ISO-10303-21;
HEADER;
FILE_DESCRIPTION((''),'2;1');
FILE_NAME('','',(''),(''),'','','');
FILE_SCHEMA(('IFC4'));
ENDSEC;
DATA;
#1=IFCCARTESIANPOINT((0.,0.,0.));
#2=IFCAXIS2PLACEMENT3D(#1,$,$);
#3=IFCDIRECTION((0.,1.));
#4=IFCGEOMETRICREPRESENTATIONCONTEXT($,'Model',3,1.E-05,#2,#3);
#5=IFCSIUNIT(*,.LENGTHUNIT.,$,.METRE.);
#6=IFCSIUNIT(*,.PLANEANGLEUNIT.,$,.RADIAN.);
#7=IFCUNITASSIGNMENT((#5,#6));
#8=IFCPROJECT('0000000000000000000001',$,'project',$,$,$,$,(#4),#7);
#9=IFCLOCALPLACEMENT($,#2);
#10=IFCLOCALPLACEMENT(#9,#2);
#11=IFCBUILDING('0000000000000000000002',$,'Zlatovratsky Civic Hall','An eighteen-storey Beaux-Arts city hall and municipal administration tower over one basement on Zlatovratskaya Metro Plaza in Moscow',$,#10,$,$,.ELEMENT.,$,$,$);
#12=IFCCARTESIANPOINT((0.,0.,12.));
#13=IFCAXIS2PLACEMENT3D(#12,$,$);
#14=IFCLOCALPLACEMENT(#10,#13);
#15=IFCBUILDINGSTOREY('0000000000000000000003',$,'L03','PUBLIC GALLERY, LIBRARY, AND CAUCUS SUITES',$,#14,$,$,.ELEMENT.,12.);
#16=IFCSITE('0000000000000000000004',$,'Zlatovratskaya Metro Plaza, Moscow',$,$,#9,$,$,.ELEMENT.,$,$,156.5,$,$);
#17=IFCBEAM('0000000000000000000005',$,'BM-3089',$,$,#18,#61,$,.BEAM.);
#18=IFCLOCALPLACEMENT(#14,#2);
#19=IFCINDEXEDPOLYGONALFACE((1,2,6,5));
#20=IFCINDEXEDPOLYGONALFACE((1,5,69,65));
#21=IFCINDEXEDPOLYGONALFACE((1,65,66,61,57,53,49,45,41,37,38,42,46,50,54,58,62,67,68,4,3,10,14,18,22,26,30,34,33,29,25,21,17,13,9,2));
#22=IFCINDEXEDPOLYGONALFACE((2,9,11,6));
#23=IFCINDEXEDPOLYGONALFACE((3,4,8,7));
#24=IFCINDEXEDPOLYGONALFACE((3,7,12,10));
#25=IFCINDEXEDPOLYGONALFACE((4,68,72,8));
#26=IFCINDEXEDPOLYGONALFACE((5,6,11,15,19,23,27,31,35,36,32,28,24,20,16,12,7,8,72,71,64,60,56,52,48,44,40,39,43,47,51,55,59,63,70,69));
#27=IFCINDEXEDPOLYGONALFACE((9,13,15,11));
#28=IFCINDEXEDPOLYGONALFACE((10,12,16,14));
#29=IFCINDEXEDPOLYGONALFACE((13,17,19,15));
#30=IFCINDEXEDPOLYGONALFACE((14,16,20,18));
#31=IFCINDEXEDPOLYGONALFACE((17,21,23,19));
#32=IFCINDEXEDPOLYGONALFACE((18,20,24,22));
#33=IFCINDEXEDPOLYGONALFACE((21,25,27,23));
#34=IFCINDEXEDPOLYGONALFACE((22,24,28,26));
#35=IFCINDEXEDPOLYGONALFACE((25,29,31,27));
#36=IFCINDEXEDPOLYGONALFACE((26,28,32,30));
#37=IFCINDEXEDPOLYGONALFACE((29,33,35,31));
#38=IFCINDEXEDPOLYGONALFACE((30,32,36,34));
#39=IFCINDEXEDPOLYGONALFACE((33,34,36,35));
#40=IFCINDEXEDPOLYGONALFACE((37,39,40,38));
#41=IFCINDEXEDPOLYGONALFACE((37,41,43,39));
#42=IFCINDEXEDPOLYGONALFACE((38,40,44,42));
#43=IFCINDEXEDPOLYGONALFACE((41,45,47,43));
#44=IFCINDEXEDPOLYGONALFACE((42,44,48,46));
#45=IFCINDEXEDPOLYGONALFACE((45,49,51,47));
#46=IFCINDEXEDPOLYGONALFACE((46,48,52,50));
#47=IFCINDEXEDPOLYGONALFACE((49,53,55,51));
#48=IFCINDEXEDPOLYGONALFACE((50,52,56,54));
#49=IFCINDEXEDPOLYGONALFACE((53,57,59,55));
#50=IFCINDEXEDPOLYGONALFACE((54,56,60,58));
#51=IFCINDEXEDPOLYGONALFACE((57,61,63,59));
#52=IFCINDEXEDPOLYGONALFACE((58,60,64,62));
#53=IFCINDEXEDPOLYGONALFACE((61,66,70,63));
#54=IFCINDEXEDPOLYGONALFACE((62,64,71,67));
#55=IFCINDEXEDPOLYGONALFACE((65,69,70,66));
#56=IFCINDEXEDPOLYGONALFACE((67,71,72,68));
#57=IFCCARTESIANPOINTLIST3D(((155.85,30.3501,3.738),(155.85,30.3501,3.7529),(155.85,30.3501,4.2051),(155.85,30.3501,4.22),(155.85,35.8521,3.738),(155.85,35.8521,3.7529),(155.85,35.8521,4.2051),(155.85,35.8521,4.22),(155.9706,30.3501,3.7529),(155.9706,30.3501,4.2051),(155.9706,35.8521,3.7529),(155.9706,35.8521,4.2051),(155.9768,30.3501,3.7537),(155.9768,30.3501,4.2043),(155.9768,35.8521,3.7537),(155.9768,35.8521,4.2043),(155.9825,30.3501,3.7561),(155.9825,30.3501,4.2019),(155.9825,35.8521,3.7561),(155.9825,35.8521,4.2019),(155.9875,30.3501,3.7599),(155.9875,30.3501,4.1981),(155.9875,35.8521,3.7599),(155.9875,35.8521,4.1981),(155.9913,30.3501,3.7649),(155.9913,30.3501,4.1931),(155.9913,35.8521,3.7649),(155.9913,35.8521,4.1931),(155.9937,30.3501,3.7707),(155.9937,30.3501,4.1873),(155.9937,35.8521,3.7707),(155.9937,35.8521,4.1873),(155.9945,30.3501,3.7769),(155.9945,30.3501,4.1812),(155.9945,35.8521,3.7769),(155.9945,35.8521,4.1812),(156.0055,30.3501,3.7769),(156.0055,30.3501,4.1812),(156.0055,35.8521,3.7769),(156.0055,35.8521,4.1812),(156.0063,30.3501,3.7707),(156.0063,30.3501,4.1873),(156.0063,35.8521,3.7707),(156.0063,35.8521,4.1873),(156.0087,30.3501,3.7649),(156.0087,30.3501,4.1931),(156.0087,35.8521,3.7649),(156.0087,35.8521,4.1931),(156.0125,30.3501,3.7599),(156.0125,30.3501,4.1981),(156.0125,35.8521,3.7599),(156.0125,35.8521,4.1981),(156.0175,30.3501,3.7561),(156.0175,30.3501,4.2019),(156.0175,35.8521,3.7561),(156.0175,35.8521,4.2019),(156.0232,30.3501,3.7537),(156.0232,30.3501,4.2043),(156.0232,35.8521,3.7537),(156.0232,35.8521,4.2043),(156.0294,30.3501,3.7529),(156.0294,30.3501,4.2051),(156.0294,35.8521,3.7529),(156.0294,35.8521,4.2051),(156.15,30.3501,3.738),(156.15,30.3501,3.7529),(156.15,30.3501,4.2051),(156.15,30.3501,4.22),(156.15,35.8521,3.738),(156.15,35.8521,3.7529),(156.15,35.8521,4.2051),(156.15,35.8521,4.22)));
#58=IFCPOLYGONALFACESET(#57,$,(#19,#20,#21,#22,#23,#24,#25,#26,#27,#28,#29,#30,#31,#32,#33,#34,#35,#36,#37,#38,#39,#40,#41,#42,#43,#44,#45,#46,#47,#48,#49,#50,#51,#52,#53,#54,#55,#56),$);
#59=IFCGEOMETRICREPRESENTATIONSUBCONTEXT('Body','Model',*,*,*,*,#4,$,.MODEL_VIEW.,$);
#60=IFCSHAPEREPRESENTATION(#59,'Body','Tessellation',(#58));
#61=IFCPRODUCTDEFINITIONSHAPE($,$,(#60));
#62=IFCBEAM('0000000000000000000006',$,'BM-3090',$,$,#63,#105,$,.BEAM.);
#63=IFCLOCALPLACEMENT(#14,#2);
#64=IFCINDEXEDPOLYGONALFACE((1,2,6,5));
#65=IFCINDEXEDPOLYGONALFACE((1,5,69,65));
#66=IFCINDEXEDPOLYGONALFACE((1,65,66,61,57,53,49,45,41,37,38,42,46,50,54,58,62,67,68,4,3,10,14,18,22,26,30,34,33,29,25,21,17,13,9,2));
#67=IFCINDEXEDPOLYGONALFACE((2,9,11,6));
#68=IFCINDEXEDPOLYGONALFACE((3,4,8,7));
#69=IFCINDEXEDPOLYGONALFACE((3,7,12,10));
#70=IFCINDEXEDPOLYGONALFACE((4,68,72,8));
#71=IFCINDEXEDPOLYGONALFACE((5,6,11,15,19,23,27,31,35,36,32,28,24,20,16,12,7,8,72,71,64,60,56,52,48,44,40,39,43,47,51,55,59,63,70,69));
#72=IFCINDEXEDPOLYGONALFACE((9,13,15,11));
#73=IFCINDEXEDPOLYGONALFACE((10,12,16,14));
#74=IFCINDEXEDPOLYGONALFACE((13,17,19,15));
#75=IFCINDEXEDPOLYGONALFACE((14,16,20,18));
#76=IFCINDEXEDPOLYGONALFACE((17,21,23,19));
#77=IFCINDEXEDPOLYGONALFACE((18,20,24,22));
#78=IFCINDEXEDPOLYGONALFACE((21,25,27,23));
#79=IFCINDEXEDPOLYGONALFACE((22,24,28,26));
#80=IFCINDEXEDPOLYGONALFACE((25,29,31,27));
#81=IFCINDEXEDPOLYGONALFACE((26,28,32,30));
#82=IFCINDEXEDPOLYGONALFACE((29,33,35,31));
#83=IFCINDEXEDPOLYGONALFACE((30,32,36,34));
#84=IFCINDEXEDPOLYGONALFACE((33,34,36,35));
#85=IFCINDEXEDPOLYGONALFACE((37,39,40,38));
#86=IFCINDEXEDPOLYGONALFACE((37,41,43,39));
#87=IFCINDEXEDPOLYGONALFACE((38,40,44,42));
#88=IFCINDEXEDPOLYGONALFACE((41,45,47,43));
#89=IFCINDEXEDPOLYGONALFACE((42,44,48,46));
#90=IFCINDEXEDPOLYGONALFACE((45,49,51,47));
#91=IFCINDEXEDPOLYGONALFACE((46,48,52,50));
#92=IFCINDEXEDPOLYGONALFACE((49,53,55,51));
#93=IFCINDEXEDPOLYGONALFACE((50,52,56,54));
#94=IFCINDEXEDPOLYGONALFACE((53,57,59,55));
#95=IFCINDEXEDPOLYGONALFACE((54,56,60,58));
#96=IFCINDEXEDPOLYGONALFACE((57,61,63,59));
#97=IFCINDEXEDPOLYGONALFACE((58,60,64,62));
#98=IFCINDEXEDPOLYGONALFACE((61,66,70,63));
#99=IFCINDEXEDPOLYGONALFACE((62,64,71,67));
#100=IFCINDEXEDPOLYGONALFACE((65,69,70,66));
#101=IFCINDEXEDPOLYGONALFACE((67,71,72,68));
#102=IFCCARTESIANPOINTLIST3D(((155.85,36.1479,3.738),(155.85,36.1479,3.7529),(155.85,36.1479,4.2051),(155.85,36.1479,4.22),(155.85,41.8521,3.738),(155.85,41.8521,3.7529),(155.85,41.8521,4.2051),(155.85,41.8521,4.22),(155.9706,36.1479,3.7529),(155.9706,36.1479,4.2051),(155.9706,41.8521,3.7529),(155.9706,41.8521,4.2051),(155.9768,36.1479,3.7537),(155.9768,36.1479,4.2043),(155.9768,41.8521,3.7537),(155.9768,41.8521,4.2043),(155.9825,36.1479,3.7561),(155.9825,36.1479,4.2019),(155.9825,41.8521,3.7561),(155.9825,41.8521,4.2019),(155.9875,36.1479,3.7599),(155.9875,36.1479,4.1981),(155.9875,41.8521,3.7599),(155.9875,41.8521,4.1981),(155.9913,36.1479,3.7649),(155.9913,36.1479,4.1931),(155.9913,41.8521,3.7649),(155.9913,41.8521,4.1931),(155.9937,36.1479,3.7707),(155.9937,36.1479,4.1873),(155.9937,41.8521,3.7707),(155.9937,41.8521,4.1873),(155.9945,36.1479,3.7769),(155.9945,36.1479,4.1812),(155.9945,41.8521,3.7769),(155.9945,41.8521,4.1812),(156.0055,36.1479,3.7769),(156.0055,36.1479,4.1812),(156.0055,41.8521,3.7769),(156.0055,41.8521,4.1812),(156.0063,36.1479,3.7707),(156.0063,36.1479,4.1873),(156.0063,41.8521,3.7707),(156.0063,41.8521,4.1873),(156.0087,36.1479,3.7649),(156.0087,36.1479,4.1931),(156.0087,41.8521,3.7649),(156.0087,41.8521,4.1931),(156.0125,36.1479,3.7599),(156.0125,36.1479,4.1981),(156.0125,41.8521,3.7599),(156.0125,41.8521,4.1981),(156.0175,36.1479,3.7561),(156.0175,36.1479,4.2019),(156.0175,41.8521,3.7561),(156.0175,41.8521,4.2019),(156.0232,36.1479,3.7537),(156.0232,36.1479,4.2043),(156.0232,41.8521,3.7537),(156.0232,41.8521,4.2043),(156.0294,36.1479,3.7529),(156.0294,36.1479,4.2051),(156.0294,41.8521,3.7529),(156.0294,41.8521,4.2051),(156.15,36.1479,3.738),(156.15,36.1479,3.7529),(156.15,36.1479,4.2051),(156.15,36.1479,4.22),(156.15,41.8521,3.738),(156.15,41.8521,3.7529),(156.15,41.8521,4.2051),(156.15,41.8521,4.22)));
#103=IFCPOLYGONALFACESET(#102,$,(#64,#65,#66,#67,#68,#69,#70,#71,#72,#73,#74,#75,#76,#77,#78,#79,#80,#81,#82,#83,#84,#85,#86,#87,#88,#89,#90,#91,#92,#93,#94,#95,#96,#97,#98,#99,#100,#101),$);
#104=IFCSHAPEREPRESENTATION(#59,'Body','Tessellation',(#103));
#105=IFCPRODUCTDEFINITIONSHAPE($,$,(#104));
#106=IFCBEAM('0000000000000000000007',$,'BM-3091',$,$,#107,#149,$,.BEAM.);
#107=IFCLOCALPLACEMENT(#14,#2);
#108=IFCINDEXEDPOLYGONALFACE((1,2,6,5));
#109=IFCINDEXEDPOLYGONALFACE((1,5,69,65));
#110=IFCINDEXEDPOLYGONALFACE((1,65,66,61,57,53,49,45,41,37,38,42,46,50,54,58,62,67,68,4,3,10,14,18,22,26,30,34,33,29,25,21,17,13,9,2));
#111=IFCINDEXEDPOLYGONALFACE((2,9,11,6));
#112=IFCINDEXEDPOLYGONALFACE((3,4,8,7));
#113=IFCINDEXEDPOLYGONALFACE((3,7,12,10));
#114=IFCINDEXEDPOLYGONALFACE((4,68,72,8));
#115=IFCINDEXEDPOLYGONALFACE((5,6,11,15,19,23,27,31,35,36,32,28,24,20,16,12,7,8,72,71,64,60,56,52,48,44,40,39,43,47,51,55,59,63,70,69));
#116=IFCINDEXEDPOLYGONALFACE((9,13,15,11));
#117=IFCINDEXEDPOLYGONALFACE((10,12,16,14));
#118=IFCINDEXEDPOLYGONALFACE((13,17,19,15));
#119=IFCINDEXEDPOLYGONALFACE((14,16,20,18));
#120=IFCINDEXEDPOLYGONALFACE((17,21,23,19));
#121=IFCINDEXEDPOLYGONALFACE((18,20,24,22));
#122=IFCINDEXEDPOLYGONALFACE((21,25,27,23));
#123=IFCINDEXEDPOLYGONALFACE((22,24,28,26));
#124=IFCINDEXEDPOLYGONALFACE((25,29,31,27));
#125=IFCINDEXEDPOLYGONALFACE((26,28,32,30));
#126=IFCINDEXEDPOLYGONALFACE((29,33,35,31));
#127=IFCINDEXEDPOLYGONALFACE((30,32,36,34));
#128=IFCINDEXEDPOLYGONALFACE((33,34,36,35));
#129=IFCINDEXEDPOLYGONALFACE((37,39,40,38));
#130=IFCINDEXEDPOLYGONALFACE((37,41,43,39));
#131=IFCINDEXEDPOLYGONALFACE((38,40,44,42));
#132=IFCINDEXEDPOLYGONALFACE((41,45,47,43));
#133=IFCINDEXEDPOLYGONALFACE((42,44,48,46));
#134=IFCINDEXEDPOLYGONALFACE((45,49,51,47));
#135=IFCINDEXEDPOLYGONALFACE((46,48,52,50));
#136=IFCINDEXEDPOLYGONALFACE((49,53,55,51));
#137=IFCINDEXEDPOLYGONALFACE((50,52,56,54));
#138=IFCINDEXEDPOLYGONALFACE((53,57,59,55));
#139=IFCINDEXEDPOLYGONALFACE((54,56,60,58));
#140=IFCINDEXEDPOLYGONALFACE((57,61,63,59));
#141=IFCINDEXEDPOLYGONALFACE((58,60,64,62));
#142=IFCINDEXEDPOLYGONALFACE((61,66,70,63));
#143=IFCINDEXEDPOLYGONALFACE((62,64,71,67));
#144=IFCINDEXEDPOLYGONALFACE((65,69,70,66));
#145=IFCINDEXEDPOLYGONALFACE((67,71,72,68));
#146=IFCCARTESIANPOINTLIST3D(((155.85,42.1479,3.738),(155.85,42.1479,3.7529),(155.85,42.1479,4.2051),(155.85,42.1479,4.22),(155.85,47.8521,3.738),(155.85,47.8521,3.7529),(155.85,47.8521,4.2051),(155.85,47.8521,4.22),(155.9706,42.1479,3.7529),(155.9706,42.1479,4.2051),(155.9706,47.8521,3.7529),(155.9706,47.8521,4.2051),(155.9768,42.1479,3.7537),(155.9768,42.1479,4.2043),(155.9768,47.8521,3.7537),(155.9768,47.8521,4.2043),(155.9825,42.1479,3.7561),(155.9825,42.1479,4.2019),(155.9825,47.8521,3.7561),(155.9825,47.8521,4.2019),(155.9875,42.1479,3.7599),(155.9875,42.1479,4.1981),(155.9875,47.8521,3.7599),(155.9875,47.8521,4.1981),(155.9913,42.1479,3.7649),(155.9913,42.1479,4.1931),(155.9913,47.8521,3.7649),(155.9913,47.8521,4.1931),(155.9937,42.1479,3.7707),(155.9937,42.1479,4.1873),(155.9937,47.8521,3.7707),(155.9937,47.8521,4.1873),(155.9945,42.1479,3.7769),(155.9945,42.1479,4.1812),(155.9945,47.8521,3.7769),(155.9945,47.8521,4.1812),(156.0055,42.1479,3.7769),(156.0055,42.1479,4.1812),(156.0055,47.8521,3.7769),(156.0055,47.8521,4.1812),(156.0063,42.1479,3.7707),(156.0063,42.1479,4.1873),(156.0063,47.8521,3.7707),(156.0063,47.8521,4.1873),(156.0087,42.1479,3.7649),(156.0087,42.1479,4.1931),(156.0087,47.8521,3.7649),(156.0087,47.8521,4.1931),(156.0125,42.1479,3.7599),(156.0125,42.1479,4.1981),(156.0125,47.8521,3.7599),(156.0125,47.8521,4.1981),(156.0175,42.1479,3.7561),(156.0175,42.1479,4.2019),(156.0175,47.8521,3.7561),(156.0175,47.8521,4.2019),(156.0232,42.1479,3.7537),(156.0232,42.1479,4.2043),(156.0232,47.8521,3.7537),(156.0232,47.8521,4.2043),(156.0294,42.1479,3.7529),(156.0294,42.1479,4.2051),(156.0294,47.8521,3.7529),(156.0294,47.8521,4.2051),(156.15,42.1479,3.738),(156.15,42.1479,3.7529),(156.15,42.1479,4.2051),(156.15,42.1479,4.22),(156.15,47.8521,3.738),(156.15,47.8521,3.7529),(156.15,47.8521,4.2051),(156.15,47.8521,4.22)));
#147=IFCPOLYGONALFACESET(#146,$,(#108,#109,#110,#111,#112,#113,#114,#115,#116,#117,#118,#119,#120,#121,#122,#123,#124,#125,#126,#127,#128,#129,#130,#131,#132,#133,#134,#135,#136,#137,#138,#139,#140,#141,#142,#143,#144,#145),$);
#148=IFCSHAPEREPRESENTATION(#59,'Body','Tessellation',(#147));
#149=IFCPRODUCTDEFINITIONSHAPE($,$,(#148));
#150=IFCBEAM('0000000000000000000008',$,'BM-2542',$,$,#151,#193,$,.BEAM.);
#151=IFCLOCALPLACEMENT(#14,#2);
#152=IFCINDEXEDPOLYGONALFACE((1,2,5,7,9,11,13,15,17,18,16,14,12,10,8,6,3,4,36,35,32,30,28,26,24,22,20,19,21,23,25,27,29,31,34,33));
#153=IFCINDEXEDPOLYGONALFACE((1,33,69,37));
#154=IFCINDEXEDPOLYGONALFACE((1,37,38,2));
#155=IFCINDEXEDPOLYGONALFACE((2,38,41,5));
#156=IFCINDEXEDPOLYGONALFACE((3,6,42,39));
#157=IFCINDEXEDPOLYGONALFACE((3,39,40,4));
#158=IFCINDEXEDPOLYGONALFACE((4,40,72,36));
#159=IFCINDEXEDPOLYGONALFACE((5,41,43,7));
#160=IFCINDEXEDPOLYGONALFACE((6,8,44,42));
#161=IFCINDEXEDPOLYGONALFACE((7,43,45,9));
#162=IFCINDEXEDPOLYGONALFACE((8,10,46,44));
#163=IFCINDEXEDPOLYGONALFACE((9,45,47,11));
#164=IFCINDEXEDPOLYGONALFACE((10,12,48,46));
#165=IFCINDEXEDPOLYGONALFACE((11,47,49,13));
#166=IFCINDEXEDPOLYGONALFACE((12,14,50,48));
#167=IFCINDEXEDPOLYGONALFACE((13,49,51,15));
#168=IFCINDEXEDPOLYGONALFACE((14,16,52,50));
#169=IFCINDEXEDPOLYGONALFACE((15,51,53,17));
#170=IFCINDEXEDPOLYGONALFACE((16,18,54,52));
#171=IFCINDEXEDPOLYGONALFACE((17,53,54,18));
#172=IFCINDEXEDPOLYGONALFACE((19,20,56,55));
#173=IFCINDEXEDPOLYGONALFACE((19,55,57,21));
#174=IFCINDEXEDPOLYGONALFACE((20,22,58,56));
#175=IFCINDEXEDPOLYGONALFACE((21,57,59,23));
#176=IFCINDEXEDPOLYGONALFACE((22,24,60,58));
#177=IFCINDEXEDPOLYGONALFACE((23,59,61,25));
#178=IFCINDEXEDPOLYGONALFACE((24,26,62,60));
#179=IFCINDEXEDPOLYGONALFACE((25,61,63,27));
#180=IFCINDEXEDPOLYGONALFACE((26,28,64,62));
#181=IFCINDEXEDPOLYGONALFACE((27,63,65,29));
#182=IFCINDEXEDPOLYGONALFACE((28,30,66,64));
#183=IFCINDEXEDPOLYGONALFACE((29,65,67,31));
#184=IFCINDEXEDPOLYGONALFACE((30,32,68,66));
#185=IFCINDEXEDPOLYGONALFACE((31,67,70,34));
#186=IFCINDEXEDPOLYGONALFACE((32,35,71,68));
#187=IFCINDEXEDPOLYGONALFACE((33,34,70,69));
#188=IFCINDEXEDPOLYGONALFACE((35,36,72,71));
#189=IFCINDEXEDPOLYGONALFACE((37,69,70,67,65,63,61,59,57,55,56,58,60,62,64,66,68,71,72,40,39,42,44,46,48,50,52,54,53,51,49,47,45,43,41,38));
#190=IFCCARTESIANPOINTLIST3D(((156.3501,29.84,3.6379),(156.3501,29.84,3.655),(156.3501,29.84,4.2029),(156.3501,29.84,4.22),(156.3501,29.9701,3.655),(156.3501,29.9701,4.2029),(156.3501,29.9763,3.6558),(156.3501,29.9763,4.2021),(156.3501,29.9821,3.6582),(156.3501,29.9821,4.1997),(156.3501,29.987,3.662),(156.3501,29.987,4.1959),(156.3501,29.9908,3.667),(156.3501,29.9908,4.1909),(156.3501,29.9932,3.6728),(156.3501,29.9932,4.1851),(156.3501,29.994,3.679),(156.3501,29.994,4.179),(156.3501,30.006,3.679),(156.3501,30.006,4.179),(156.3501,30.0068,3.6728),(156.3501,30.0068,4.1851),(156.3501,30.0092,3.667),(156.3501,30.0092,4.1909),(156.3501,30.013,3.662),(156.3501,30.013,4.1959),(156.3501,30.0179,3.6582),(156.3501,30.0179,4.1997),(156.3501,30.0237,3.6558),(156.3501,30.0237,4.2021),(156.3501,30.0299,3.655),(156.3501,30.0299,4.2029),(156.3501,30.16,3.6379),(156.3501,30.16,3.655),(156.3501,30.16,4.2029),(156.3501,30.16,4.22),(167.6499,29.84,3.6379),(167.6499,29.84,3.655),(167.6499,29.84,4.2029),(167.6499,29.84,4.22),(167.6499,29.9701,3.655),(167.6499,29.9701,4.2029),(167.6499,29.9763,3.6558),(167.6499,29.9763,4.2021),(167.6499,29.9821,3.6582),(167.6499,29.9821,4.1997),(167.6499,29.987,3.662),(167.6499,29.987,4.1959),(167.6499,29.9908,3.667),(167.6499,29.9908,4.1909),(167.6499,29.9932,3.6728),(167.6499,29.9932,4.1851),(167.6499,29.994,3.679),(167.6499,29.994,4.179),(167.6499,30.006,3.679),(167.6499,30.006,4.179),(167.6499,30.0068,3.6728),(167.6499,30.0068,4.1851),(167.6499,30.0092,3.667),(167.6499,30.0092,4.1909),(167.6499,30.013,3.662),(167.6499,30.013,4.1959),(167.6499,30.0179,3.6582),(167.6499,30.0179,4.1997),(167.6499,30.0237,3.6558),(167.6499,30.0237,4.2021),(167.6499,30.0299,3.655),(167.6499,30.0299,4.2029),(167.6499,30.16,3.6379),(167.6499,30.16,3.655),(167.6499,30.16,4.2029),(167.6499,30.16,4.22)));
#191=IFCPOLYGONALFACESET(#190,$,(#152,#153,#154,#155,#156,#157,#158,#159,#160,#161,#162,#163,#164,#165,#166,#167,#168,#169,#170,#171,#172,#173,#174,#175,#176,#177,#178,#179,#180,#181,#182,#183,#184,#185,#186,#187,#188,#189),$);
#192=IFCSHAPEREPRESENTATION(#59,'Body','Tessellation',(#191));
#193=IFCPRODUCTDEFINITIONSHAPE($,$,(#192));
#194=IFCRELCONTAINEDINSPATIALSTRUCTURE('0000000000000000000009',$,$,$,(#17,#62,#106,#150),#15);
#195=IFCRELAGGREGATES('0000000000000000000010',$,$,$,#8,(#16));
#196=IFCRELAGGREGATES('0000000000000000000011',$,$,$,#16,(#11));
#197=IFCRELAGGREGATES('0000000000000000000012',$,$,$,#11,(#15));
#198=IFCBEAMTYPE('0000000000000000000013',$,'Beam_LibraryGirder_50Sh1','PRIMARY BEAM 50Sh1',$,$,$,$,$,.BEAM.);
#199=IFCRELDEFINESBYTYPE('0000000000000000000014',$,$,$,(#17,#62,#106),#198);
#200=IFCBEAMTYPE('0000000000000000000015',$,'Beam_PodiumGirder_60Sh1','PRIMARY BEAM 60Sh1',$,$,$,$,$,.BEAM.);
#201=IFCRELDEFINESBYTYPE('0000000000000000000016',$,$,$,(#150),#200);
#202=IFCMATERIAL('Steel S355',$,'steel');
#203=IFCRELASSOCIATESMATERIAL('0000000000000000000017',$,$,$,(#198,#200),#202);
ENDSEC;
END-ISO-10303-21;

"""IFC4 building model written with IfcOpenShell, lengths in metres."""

from ifc_helpers import new_model, si_unit, direction, frame, origin, origin_2d, place, context, subcontext, project, spatial, i_section, extrude, material, material_profile, profile_set, type_object, element, save


model = new_model("IFC4")

# Units and contexts
model_context = context("Model", 3, precision=1e-05, world=origin(), true_north=direction((0.0, 1.0)))
body_context = subcontext(model_context, "Body", "Model", "MODEL_VIEW")
ifc_project = project(units=[si_unit("LENGTHUNIT", "METRE"), si_unit("PLANEANGLEUNIT", "RADIAN")], contexts=[model_context])

# Site, building, storey
site_placement = place(None, origin())
site = spatial("IfcSite", under=ifc_project, at=site_placement, Name="Zlatovratskaya Metro Plaza, Moscow", CompositionType="ELEMENT", RefElevation=156.5)
building_placement = place(site_placement, origin())
building = spatial("IfcBuilding", under=site, at=building_placement, Name="Zlatovratsky Civic Hall", Description="An eighteen-storey Beaux-Arts city hall and municipal administration tower over one basement on Zlatovratskaya Metro Plaza in Moscow", CompositionType="ELEMENT")
storey_placement = place(building_placement, frame((0.0, 0.0, 12.0)))
storey = spatial("IfcBuildingStorey", under=building, at=storey_placement, Name="L03", Description="PUBLIC GALLERY, LIBRARY, AND CAUCUS SUITES", CompositionType="ELEMENT", Elevation=12.0)

# Shared definitions
ifc_material_1 = material(Name="Steel S355", Category="steel")

# Beams
ifc_material_profile_1 = material_profile(ifc_material_1, i_section(OverallWidth=0.3, OverallDepth=0.4819, WebThickness=0.011, FlangeThickness=0.0149, FilletRadius=0.0239, at=origin_2d()), Name="50Sh1")
ifc_profile_set_1 = profile_set([ifc_material_profile_1], Name="Steel S355")
beam_type_1 = type_object("IfcBeamType", Name="Beam_LibraryGirder_50Sh1", Description="PRIMARY BEAM 50Sh1", PredefinedType="BEAM", material=ifc_profile_set_1)
beam_1_placement = place(storey_placement, frame((156.0, 30.3501, 3.979), z_axis=(0.0, 1.0, 0.0), x_axis=(-1.0, 0.0, 0.0)))
element("IfcBeam", 1, at=beam_1_placement, inside=storey, type_object=beam_type_1, Name="BM-3089", PredefinedType="BEAM", context=body_context, shape_type="SweptSolid", body=[
    extrude(i_section(OverallWidth=0.3, OverallDepth=0.4819, WebThickness=0.011, FlangeThickness=0.0149, FilletRadius=0.0239, at=origin_2d()), origin(), (0.0, 0.0, 1.0), 5.502),
])
for number, where, z_axis, x_axis, name in (
    (2, (156.0, 36.1479, 3.979), (0.0, 1.0, 0.0), (-1.0, 0.0, 0.0), "BM-3090"),
    (3, (156.0, 42.1479, 3.979), (0.0, 1.0, 0.0), (-1.0, 0.0, 0.0), "BM-3091"),
):
    element("IfcBeam", number, at=place(storey_placement, frame(where, z_axis=z_axis, x_axis=x_axis)), inside=storey, type_object=beam_type_1, Name=name, PredefinedType="BEAM", context=body_context, shape_type="SweptSolid", body=[
        extrude(i_section(OverallWidth=0.3, OverallDepth=0.4819, WebThickness=0.011, FlangeThickness=0.0149, FilletRadius=0.0239, at=origin_2d()), origin(), (0.0, 0.0, 1.0), 5.7041),
    ])
ifc_material_profile_2 = material_profile(ifc_material_1, i_section(OverallWidth=0.3201, OverallDepth=0.582, WebThickness=0.012, FlangeThickness=0.0171, FilletRadius=0.0239, at=origin_2d()), Name="60Sh1")
ifc_profile_set_2 = profile_set([ifc_material_profile_2], Name="Steel S355")
beam_type_2 = type_object("IfcBeamType", Name="Beam_PodiumGirder_60Sh1", Description="PRIMARY BEAM 60Sh1", PredefinedType="BEAM", material=ifc_profile_set_2)
beam_2_placement = place(storey_placement, frame((156.3501, 30.0, 3.929), z_axis=(1.0, 0.0, 0.0), x_axis=(0.0, 1.0, 0.0)))
element("IfcBeam", 4, at=beam_2_placement, inside=storey, type_object=beam_type_2, Name="BM-2542", PredefinedType="BEAM", context=body_context, shape_type="SweptSolid", body=[
    extrude(i_section(OverallWidth=0.3201, OverallDepth=0.582, WebThickness=0.012, FlangeThickness=0.0171, FilletRadius=0.0239, at=origin_2d()), origin(), (0.0, 0.0, 1.0), 11.2998),
])

save(model, "model.ifc")
